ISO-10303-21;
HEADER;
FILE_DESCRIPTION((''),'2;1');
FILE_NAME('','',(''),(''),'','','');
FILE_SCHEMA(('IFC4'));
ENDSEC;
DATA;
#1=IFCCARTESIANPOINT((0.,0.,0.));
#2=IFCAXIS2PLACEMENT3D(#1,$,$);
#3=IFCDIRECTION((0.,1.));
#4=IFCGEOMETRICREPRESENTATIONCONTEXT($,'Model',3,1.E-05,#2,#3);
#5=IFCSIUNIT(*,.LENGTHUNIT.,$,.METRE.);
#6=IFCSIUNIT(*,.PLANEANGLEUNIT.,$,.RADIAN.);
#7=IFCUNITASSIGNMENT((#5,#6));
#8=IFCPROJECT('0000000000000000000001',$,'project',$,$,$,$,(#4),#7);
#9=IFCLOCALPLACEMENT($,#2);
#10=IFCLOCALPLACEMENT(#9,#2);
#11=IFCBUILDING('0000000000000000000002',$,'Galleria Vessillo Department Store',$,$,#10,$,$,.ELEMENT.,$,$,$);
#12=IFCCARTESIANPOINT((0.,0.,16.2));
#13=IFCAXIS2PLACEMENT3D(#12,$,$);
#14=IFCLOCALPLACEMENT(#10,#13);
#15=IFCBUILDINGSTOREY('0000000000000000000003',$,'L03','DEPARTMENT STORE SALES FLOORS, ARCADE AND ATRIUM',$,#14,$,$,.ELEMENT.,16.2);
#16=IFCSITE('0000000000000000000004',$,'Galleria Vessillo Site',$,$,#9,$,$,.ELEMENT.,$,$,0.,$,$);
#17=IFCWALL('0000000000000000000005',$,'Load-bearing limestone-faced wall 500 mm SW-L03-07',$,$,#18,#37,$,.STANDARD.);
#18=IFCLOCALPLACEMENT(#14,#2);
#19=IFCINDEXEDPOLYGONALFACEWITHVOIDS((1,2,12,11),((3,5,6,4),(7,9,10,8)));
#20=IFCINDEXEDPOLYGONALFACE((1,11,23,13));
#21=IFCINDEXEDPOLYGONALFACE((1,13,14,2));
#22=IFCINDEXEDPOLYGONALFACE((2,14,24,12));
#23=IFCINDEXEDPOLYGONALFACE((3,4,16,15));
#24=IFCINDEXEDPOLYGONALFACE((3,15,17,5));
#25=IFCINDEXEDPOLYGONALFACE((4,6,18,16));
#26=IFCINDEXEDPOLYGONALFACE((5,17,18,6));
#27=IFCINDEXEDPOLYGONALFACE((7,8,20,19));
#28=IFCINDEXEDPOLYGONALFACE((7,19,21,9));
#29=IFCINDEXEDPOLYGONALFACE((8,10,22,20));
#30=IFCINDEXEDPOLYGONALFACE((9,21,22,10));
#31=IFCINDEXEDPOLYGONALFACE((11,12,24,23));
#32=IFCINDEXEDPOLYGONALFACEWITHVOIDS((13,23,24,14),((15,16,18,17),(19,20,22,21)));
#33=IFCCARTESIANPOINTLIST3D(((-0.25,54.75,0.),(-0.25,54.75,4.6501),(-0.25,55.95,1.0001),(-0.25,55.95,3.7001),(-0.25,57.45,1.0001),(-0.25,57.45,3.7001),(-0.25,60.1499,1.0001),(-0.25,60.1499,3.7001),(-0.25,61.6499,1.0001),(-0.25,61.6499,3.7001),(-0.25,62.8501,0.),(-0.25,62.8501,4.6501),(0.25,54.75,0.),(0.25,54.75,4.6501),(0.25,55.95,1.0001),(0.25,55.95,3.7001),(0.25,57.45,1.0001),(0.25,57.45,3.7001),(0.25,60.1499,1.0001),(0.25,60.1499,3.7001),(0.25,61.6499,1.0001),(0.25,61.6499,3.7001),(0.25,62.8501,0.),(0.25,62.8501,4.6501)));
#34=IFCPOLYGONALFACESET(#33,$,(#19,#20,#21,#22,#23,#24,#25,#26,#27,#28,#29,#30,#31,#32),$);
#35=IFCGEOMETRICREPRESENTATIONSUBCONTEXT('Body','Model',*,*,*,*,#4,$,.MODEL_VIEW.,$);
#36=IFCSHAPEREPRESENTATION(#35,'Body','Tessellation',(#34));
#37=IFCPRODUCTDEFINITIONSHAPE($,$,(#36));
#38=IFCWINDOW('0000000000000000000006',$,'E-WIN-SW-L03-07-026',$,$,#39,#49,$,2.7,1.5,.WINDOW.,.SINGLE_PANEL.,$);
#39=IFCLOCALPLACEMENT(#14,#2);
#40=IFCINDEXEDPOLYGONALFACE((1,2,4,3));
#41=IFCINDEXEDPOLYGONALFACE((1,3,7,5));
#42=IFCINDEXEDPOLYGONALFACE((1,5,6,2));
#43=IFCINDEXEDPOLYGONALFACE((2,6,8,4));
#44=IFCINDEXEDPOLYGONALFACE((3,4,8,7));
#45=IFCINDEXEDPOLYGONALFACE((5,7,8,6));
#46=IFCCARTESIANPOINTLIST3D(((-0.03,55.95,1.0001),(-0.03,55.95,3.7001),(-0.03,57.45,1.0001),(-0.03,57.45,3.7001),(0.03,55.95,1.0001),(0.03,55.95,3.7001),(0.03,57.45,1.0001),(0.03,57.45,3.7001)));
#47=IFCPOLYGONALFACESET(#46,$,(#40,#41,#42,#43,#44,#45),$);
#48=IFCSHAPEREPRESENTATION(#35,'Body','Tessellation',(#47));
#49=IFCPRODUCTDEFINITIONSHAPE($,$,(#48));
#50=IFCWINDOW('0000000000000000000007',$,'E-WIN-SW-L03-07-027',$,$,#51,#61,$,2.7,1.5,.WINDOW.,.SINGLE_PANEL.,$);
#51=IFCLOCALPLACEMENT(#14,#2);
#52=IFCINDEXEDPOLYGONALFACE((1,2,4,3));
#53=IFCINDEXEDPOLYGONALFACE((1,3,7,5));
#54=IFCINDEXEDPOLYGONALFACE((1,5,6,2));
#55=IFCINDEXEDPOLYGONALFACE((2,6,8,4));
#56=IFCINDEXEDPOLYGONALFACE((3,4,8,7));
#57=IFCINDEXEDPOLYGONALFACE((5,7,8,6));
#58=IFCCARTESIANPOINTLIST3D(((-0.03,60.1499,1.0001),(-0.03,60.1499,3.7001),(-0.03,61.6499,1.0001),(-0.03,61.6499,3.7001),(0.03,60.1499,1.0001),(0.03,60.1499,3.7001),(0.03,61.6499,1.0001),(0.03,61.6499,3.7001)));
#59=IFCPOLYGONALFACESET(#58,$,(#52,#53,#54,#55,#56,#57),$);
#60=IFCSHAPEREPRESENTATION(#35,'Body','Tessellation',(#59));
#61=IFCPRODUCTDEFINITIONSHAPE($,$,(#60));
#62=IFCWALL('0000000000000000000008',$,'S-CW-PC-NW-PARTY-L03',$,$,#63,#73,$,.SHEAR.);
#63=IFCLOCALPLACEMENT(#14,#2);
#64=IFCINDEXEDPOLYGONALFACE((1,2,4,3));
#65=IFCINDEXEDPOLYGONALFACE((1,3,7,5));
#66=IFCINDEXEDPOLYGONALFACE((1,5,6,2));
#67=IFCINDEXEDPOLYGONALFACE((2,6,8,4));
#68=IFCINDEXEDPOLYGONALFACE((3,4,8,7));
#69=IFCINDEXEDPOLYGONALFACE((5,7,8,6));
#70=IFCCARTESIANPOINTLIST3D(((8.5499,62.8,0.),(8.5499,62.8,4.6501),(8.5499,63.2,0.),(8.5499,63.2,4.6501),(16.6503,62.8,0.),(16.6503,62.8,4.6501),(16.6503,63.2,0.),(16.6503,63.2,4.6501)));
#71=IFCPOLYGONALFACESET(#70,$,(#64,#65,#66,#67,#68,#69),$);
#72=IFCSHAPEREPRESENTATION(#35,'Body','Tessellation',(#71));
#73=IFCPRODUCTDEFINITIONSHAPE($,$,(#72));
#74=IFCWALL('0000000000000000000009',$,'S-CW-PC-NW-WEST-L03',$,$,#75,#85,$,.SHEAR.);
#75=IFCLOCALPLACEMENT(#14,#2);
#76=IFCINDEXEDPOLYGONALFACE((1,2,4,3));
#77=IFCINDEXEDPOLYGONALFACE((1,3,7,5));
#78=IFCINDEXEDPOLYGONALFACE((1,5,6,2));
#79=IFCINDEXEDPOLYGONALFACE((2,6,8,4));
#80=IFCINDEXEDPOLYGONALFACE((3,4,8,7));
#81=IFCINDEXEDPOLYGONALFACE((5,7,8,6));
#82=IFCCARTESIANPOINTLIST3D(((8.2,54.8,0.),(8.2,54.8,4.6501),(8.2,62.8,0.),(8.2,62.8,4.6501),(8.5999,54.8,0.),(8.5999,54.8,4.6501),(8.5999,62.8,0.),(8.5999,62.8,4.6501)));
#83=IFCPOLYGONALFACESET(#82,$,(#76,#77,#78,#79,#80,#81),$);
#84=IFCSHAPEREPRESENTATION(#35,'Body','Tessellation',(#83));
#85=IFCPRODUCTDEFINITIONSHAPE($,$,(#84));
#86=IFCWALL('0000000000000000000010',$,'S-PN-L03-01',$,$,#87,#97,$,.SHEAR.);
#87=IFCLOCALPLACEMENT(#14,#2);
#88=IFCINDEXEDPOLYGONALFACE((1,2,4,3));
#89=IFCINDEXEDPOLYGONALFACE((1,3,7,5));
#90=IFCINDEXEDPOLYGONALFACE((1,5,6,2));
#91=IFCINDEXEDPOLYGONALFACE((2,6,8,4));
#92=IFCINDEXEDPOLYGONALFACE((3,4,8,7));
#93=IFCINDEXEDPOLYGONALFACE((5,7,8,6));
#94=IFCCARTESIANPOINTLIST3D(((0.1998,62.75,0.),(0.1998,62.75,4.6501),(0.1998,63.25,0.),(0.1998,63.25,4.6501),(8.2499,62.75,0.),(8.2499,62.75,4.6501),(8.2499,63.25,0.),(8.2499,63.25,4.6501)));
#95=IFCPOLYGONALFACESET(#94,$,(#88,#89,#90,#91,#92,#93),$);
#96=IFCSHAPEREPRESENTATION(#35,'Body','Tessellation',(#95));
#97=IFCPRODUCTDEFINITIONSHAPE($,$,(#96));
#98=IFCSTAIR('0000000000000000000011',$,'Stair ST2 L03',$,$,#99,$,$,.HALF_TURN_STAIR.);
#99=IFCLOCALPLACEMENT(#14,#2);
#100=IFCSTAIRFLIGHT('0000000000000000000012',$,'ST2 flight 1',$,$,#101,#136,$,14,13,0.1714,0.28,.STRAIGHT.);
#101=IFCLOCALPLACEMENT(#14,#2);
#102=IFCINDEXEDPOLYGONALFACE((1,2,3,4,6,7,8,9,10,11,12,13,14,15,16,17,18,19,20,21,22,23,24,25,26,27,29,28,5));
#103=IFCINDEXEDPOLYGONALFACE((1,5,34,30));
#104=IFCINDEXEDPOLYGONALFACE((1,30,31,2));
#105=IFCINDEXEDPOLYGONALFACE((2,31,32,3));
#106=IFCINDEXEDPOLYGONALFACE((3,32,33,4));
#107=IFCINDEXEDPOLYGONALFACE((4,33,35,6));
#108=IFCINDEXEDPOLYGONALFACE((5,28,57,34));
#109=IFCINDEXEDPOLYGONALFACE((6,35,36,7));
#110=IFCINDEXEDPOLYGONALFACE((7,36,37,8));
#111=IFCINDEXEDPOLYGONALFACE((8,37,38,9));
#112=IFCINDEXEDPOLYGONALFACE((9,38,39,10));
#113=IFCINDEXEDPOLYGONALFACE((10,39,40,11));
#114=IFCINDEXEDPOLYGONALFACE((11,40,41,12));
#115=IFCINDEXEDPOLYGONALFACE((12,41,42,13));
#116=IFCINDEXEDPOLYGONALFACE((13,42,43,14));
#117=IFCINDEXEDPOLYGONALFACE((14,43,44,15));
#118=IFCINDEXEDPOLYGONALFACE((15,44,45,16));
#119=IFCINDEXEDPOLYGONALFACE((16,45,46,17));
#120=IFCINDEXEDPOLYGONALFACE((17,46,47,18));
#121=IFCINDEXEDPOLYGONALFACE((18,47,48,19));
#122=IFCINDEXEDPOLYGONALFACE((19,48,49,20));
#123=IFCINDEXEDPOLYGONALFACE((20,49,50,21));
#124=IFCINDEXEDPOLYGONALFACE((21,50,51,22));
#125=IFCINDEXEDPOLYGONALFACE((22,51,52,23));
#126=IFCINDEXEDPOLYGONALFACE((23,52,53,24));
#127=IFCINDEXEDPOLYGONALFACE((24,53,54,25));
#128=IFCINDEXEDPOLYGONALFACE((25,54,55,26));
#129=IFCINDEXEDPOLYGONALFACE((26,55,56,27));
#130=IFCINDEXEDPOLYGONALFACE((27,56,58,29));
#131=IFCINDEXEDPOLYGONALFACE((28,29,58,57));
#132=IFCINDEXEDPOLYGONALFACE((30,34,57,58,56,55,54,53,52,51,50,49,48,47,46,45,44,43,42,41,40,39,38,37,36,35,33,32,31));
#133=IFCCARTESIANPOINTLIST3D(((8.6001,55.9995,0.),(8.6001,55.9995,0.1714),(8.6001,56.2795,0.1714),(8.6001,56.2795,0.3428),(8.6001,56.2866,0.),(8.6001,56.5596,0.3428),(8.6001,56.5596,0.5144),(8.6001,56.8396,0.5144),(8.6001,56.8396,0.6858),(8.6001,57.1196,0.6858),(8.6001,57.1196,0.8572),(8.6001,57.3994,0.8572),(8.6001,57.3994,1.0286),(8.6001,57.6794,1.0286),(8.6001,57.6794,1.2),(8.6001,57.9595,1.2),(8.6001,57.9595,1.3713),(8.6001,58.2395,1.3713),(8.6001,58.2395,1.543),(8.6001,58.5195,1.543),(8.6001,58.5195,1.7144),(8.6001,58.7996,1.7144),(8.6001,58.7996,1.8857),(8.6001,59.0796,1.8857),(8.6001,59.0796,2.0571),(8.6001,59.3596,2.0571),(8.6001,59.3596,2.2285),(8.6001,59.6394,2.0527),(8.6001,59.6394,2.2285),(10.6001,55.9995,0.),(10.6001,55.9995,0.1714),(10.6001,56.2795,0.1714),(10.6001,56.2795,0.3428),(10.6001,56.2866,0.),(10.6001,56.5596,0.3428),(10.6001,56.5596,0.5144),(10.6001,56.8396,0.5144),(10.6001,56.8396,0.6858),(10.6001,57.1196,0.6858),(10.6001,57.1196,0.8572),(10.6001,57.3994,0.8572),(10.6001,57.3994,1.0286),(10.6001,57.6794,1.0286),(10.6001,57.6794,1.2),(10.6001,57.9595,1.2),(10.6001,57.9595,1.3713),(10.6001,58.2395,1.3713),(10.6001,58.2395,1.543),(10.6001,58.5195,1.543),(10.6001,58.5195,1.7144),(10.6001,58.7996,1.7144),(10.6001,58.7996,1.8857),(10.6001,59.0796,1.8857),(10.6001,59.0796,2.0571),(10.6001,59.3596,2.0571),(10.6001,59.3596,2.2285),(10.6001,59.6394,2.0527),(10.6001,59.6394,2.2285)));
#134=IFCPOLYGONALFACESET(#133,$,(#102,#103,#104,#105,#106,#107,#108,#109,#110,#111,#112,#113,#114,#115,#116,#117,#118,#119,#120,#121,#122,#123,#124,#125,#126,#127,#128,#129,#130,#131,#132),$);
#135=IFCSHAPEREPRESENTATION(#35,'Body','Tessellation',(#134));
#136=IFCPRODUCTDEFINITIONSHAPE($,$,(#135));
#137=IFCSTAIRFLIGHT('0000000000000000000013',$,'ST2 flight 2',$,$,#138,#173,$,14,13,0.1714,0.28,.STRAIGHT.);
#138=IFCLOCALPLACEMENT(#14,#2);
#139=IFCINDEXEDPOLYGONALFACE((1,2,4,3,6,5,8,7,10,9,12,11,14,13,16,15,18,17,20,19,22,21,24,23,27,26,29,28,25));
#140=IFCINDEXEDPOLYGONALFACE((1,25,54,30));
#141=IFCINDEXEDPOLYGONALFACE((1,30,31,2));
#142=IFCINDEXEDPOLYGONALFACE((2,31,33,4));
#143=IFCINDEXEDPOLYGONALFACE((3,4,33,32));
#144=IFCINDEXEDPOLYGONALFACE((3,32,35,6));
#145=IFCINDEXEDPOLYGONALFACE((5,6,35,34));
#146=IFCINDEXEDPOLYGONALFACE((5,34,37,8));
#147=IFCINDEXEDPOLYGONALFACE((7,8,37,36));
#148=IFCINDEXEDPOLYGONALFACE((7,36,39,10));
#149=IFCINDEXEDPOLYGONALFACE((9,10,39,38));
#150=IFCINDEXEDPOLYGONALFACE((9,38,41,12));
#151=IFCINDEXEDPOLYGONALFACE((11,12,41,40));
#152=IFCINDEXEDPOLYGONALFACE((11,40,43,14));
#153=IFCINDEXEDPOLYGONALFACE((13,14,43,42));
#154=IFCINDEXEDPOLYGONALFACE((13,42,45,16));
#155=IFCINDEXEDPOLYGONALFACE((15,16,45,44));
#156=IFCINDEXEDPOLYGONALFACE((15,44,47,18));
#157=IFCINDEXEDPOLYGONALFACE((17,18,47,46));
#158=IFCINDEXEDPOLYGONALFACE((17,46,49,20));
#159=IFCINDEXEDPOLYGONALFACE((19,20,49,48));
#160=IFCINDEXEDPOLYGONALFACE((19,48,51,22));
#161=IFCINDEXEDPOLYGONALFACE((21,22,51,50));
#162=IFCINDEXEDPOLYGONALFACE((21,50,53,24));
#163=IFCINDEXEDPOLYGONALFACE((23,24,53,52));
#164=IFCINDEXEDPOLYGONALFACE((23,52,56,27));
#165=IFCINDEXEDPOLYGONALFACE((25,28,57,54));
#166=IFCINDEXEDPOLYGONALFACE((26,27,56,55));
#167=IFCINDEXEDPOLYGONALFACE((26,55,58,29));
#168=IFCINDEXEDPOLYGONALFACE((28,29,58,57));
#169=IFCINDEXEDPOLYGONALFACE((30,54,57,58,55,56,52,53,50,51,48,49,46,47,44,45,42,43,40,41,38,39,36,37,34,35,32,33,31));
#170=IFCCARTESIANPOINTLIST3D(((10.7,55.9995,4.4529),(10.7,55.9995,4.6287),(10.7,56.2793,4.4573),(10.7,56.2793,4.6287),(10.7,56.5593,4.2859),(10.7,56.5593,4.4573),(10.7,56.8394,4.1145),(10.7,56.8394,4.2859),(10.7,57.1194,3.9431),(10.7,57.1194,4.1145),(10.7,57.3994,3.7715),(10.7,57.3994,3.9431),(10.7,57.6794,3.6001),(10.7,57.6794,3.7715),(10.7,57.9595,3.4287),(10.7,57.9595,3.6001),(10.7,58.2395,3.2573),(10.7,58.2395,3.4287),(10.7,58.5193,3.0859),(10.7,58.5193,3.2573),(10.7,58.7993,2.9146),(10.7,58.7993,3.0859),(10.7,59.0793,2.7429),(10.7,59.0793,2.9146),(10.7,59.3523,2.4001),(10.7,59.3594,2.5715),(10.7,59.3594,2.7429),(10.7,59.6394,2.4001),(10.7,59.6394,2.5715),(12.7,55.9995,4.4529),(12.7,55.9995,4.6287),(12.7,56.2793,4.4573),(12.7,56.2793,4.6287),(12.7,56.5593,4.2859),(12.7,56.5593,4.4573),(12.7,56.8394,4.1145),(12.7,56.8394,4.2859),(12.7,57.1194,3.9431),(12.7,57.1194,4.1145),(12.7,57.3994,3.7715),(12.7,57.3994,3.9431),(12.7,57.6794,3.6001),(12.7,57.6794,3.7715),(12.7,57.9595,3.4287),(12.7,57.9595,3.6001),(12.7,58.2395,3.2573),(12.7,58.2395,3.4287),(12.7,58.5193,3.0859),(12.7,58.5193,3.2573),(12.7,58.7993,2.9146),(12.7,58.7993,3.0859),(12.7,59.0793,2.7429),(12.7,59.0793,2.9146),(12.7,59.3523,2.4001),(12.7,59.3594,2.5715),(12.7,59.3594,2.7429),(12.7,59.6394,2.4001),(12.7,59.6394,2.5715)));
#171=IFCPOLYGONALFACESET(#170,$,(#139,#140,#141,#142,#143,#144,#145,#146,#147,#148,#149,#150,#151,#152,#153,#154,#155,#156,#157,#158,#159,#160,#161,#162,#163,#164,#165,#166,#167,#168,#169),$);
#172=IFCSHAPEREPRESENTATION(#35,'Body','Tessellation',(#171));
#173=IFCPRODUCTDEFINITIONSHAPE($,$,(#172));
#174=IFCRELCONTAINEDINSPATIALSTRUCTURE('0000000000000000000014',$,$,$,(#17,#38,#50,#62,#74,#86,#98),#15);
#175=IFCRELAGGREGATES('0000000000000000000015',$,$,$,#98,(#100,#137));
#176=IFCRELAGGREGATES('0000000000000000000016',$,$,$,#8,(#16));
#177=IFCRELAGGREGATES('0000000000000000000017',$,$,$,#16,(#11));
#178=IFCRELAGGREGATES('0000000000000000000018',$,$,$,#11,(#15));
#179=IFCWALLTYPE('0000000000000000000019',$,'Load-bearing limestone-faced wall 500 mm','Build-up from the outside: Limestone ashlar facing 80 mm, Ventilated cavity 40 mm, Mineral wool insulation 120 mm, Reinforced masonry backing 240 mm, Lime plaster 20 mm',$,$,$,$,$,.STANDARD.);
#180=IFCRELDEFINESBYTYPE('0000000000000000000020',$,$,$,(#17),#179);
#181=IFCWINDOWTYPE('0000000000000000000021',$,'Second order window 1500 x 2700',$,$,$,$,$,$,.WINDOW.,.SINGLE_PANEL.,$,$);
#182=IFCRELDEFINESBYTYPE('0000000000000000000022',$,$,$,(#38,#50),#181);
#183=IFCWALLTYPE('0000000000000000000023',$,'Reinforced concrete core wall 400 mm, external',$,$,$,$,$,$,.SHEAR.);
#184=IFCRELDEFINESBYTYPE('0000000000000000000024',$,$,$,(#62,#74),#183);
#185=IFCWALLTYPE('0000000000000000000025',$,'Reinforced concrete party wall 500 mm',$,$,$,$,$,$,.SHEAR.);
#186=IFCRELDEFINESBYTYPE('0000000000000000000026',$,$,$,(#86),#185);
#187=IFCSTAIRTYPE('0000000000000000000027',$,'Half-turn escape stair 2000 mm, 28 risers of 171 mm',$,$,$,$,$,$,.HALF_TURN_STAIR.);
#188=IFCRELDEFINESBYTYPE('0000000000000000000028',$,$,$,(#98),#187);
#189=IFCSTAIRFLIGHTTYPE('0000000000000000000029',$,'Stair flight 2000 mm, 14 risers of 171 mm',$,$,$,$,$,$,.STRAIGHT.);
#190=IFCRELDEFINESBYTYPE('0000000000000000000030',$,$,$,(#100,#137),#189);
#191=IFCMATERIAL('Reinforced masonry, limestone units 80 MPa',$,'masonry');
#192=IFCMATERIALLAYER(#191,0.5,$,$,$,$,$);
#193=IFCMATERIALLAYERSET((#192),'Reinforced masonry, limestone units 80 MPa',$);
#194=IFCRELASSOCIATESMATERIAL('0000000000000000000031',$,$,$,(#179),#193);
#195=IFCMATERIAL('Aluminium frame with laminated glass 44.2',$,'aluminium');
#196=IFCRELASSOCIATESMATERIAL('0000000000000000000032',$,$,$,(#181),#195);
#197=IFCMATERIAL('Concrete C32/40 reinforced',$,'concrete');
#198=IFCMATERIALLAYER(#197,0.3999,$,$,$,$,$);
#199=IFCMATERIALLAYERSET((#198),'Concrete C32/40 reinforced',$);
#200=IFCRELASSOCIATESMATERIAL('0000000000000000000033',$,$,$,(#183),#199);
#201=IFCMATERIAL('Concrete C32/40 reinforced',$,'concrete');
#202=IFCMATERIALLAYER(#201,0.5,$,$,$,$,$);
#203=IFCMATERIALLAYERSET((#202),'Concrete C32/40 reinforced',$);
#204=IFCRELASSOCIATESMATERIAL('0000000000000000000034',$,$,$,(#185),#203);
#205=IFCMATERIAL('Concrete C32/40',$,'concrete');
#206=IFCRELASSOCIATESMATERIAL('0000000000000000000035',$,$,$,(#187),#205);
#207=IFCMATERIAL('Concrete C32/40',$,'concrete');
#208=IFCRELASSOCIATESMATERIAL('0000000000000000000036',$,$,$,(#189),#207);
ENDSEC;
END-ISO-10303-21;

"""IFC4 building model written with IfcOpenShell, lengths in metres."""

from ifc_helpers import new_model, si_unit, direction, frame, frame_2d, origin, place, context, subcontext, project, spatial, polyline, rectangle, outline, extrude, material, layer, layer_set, type_object, element, fill, aggregate, save


model = new_model("IFC4")

# Units and contexts
model_context = context("Model", 3, precision=1e-05, world=origin(), true_north=direction((0.0, 1.0)))
body_context = subcontext(model_context, "Body", "Model", "MODEL_VIEW")
ifc_project = project(units=[si_unit("LENGTHUNIT", "METRE"), si_unit("PLANEANGLEUNIT", "RADIAN")], contexts=[model_context])

# Site, building, storey
site_placement = place(None, origin())
site = spatial("IfcSite", under=ifc_project, at=site_placement, Name="Galleria Vessillo Site", CompositionType="ELEMENT", RefElevation=0.0)
building_placement = place(site_placement, origin())
building = spatial("IfcBuilding", under=site, at=building_placement, Name="Galleria Vessillo Department Store", CompositionType="ELEMENT")
storey_placement = place(building_placement, frame((0.0, 0.0, 16.2)))
storey = spatial("IfcBuildingStorey", under=building, at=storey_placement, Name="L03", Description="DEPARTMENT STORE SALES FLOORS, ARCADE AND ATRIUM", CompositionType="ELEMENT", Elevation=16.2)

# Wall, openings, windows
ifc_material_1 = material(Name="Reinforced masonry, limestone units 80 MPa", Category="masonry")
ifc_layer_1 = layer(ifc_material_1, 0.5)
ifc_layer_set_1 = layer_set([ifc_layer_1], Name="Reinforced masonry, limestone units 80 MPa")
wall_type_1 = type_object("IfcWallType", Name="Load-bearing limestone-faced wall 500 mm", Description="Build-up from the outside: Limestone ashlar facing 80 mm, Ventilated cavity 40 mm, Mineral wool insulation 120 mm, Reinforced masonry backing 240 mm, Lime plaster 20 mm", PredefinedType="STANDARD", material=ifc_layer_set_1)
wall_1_placement = place(storey_placement, frame((0.0, 54.75, 0.0), z_axis=(0.0, 0.0, 1.0), x_axis=(0.0, 1.0, 0.0)))
wall_1 = element("IfcWall", 1, at=wall_1_placement, inside=storey, type_object=wall_type_1, Name="Load-bearing limestone-faced wall 500 mm SW-L03-07", PredefinedType="STANDARD", context=body_context, shape_type="SweptSolid", body=[
    extrude(rectangle(XDim=8.1001, YDim=0.5, at=frame_2d((4.05, 0.0))), origin(), (0.0, 0.0, 1.0), 4.6501),
])
opening_1_placement = place(wall_1_placement, frame((1.2, 0.0, 1.0)))
opening_1 = element("IfcOpeningElement", 2, at=opening_1_placement, cuts=wall_1, PredefinedType="OPENING", context=body_context, shape_type="SweptSolid", body=[
    extrude(rectangle(XDim=1.5, YDim=2.7, at=frame_2d((0.75, 1.3501))), frame((0.0, 0.26, 0.0), z_axis=(0.0, -1.0, 0.0), x_axis=(1.0, 0.0, 0.0)), (0.0, 0.0, 1.0), 0.52),
])
opening_2_placement = place(wall_1_placement, frame((5.3999, 0.0, 1.0)))
opening_2 = element("IfcOpeningElement", 3, at=opening_2_placement, cuts=wall_1, PredefinedType="OPENING", context=body_context, shape_type="SweptSolid", body=[
    extrude(rectangle(XDim=1.5, YDim=2.7, at=frame_2d((0.75, 1.3501))), frame((0.0, 0.26, 0.0), z_axis=(0.0, -1.0, 0.0), x_axis=(1.0, 0.0, 0.0)), (0.0, 0.0, 1.0), 0.52),
])
ifc_material_2 = material(Name="Aluminium frame with laminated glass 44.2", Category="aluminium")
window_type = type_object("IfcWindowType", Name="Second order window 1500 x 2700", PartitioningType="SINGLE_PANEL", PredefinedType="WINDOW", material=ifc_material_2)
window_1_placement = place(opening_1_placement, origin())
window_1 = element("IfcWindow", 4, at=window_1_placement, inside=storey, type_object=window_type, Name="E-WIN-SW-L03-07-026", OverallHeight=2.7, OverallWidth=1.5, PartitioningType="SINGLE_PANEL", PredefinedType="WINDOW", context=body_context, shape_type="SweptSolid", body=[
    extrude(rectangle(XDim=1.5, YDim=2.7, at=frame_2d((0.75, 1.3501))), frame((0.0, 0.03, 0.0), z_axis=(0.0, -1.0, 0.0), x_axis=(1.0, 0.0, 0.0)), (0.0, 0.0, 1.0), 0.0601),
])
fill(opening_1, window_1)
window_2_placement = place(opening_2_placement, origin())
window_2 = element("IfcWindow", 5, at=window_2_placement, inside=storey, type_object=window_type, Name="E-WIN-SW-L03-07-027", OverallHeight=2.7, OverallWidth=1.5, PartitioningType="SINGLE_PANEL", PredefinedType="WINDOW", context=body_context, shape_type="SweptSolid", body=[
    extrude(rectangle(XDim=1.5, YDim=2.7, at=frame_2d((0.75, 1.3501))), frame((0.0, 0.03, 0.0), z_axis=(0.0, -1.0, 0.0), x_axis=(1.0, 0.0, 0.0)), (0.0, 0.0, 1.0), 0.0601),
])
fill(opening_2, window_2)

# Walls
ifc_material_3 = material(Name="Concrete C32/40 reinforced", Category="concrete")
ifc_layer_2 = layer(ifc_material_3, 0.3999)
ifc_layer_set_2 = layer_set([ifc_layer_2], Name="Concrete C32/40 reinforced")
wall_type_2 = type_object("IfcWallType", Name="Reinforced concrete core wall 400 mm, external", PredefinedType="SHEAR", material=ifc_layer_set_2)
wall_2_placement = place(storey_placement, frame((8.5498, 63.0, 0.0), z_axis=(0.0, 0.0, 1.0), x_axis=(1.0, 0.0, 0.0)))
element("IfcWall", 6, at=wall_2_placement, inside=storey, type_object=wall_type_2, Name="S-CW-PC-NW-PARTY-L03", PredefinedType="SHEAR", context=body_context, shape_type="SweptSolid", body=[
    extrude(rectangle(XDim=8.1003, YDim=0.3999, at=frame_2d((4.0503, 0.0))), origin(), (0.0, 0.0, 1.0), 4.6501),
])
wall_3_placement = place(storey_placement, frame((8.3999, 54.8, 0.0), z_axis=(0.0, 0.0, 1.0), x_axis=(0.0, 1.0, 0.0)))
element("IfcWall", 7, at=wall_3_placement, inside=storey, type_object=wall_type_2, Name="S-CW-PC-NW-WEST-L03", PredefinedType="SHEAR", context=body_context, shape_type="SweptSolid", body=[
    extrude(rectangle(XDim=8.0, YDim=0.3999, at=frame_2d((4.0, 0.0))), origin(), (0.0, 0.0, 1.0), 4.6501),
])
ifc_material_4 = material(Name="Concrete C32/40 reinforced", Category="concrete")
ifc_layer_3 = layer(ifc_material_4, 0.5)
ifc_layer_set_3 = layer_set([ifc_layer_3], Name="Concrete C32/40 reinforced")
wall_type_3 = type_object("IfcWallType", Name="Reinforced concrete party wall 500 mm", PredefinedType="SHEAR", material=ifc_layer_set_3)
wall_4_placement = place(storey_placement, frame((0.2, 63.0, 0.0), z_axis=(0.0, 0.0, 1.0), x_axis=(1.0, 0.0, 0.0)))
element("IfcWall", 8, at=wall_4_placement, inside=storey, type_object=wall_type_3, Name="S-PN-L03-01", PredefinedType="SHEAR", context=body_context, shape_type="SweptSolid", body=[
    extrude(rectangle(XDim=8.05, YDim=0.5, at=frame_2d((4.0249, 0.0))), origin(), (0.0, 0.0, 1.0), 4.6501),
])

# Stair, stair flights
ifc_material_5 = material(Name="Concrete C32/40", Category="concrete")
stair_type = type_object("IfcStairType", Name="Half-turn escape stair 2000 mm, 28 risers of 171 mm", PredefinedType="HALF_TURN_STAIR", material=ifc_material_5)
stair_placement = place(storey_placement, origin())
stair = element("IfcStair", 9, at=stair_placement, inside=storey, type_object=stair_type, Name="Stair ST2 L03", PredefinedType="HALF_TURN_STAIR")
ifc_material_6 = material(Name="Concrete C32/40", Category="concrete")
stair_flight_type = type_object("IfcStairFlightType", Name="Stair flight 2000 mm, 14 risers of 171 mm", PredefinedType="STRAIGHT", material=ifc_material_6)
stair_flight_1_placement = place(storey_placement, frame((9.6001, 55.9995, 0.0), z_axis=(0.0, 0.0, 1.0), x_axis=(0.0, 1.0, 0.0)))
stair_flight_1 = element("IfcStairFlight", 10, at=stair_flight_1_placement, type_object=stair_flight_type, Name="ST2 flight 1", NumberOfRisers=14, NumberOfTreads=13, PredefinedType="STRAIGHT", RiserHeight=0.1714, TreadLength=0.28, context=body_context, shape_type="SweptSolid", body=[
    extrude(outline(polyline([(0.0, 0.0), (0.0, 0.1714), (0.28, 0.1714), (0.28, 0.3428), (0.5601, 0.3428), (0.5601, 0.5144), (0.8401, 0.5144), (0.8401, 0.6858), (1.1201, 0.6858), (1.1201, 0.8572), (1.3999, 0.8572), (1.3999, 1.0286), (1.6799, 1.0286), (1.6799, 1.2), (1.96, 1.2), (1.96, 1.3713), (2.24, 1.3713), (2.24, 1.543), (2.52, 1.543), (2.52, 1.7144), (2.8, 1.7144), (2.8, 1.8857), (3.0801, 1.8857), (3.0801, 2.0571), (3.3601, 2.0571), (3.3601, 2.2285), (3.6399, 2.2285), (3.6399, 2.3999), (3.6399, 2.0527), (0.2871, 0.0), (0.0, 0.0)])), frame((0.0, 1.0, 0.0), z_axis=(0.0, -1.0, 0.0), x_axis=(1.0, 0.0, 0.0)), (0.0, 0.0, 1.0), 2.0),
])
stair_flight_2_placement = place(storey_placement, frame((11.7, 59.6394, 2.4001), z_axis=(0.0, 0.0, 1.0), x_axis=(0.0, -1.0, 0.0)))
stair_flight_2 = element("IfcStairFlight", 11, at=stair_flight_2_placement, type_object=stair_flight_type, Name="ST2 flight 2", NumberOfRisers=14, NumberOfTreads=13, PredefinedType="STRAIGHT", RiserHeight=0.1714, TreadLength=0.28, context=body_context, shape_type="SweptSolid", body=[
    extrude(outline(polyline([(0.0, 0.0), (0.0, 0.1714), (0.28, 0.1714), (0.28, 0.3428), (0.5601, 0.3428), (0.5601, 0.5144), (0.8401, 0.5144), (0.8401, 0.6858), (1.1201, 0.6858), (1.1201, 0.8572), (1.3999, 0.8572), (1.3999, 1.0286), (1.6799, 1.0286), (1.6799, 1.2), (1.96, 1.2), (1.96, 1.3713), (2.24, 1.3713), (2.24, 1.543), (2.52, 1.543), (2.52, 1.7144), (2.8, 1.7144), (2.8, 1.8857), (3.0801, 1.8857), (3.0801, 2.0571), (3.3601, 2.0571), (3.3601, 2.2285), (3.6399, 2.2285), (3.6399, 2.3999), (3.6399, 2.0527), (0.2871, 0.0), (0.0, 0.0)])), frame((0.0, 1.0, 0.0), z_axis=(0.0, -1.0, 0.0), x_axis=(1.0, 0.0, 0.0)), (0.0, 0.0, 1.0), 2.0),
])
aggregate(stair, [stair_flight_1, stair_flight_2])

save(model, "model.ifc")
